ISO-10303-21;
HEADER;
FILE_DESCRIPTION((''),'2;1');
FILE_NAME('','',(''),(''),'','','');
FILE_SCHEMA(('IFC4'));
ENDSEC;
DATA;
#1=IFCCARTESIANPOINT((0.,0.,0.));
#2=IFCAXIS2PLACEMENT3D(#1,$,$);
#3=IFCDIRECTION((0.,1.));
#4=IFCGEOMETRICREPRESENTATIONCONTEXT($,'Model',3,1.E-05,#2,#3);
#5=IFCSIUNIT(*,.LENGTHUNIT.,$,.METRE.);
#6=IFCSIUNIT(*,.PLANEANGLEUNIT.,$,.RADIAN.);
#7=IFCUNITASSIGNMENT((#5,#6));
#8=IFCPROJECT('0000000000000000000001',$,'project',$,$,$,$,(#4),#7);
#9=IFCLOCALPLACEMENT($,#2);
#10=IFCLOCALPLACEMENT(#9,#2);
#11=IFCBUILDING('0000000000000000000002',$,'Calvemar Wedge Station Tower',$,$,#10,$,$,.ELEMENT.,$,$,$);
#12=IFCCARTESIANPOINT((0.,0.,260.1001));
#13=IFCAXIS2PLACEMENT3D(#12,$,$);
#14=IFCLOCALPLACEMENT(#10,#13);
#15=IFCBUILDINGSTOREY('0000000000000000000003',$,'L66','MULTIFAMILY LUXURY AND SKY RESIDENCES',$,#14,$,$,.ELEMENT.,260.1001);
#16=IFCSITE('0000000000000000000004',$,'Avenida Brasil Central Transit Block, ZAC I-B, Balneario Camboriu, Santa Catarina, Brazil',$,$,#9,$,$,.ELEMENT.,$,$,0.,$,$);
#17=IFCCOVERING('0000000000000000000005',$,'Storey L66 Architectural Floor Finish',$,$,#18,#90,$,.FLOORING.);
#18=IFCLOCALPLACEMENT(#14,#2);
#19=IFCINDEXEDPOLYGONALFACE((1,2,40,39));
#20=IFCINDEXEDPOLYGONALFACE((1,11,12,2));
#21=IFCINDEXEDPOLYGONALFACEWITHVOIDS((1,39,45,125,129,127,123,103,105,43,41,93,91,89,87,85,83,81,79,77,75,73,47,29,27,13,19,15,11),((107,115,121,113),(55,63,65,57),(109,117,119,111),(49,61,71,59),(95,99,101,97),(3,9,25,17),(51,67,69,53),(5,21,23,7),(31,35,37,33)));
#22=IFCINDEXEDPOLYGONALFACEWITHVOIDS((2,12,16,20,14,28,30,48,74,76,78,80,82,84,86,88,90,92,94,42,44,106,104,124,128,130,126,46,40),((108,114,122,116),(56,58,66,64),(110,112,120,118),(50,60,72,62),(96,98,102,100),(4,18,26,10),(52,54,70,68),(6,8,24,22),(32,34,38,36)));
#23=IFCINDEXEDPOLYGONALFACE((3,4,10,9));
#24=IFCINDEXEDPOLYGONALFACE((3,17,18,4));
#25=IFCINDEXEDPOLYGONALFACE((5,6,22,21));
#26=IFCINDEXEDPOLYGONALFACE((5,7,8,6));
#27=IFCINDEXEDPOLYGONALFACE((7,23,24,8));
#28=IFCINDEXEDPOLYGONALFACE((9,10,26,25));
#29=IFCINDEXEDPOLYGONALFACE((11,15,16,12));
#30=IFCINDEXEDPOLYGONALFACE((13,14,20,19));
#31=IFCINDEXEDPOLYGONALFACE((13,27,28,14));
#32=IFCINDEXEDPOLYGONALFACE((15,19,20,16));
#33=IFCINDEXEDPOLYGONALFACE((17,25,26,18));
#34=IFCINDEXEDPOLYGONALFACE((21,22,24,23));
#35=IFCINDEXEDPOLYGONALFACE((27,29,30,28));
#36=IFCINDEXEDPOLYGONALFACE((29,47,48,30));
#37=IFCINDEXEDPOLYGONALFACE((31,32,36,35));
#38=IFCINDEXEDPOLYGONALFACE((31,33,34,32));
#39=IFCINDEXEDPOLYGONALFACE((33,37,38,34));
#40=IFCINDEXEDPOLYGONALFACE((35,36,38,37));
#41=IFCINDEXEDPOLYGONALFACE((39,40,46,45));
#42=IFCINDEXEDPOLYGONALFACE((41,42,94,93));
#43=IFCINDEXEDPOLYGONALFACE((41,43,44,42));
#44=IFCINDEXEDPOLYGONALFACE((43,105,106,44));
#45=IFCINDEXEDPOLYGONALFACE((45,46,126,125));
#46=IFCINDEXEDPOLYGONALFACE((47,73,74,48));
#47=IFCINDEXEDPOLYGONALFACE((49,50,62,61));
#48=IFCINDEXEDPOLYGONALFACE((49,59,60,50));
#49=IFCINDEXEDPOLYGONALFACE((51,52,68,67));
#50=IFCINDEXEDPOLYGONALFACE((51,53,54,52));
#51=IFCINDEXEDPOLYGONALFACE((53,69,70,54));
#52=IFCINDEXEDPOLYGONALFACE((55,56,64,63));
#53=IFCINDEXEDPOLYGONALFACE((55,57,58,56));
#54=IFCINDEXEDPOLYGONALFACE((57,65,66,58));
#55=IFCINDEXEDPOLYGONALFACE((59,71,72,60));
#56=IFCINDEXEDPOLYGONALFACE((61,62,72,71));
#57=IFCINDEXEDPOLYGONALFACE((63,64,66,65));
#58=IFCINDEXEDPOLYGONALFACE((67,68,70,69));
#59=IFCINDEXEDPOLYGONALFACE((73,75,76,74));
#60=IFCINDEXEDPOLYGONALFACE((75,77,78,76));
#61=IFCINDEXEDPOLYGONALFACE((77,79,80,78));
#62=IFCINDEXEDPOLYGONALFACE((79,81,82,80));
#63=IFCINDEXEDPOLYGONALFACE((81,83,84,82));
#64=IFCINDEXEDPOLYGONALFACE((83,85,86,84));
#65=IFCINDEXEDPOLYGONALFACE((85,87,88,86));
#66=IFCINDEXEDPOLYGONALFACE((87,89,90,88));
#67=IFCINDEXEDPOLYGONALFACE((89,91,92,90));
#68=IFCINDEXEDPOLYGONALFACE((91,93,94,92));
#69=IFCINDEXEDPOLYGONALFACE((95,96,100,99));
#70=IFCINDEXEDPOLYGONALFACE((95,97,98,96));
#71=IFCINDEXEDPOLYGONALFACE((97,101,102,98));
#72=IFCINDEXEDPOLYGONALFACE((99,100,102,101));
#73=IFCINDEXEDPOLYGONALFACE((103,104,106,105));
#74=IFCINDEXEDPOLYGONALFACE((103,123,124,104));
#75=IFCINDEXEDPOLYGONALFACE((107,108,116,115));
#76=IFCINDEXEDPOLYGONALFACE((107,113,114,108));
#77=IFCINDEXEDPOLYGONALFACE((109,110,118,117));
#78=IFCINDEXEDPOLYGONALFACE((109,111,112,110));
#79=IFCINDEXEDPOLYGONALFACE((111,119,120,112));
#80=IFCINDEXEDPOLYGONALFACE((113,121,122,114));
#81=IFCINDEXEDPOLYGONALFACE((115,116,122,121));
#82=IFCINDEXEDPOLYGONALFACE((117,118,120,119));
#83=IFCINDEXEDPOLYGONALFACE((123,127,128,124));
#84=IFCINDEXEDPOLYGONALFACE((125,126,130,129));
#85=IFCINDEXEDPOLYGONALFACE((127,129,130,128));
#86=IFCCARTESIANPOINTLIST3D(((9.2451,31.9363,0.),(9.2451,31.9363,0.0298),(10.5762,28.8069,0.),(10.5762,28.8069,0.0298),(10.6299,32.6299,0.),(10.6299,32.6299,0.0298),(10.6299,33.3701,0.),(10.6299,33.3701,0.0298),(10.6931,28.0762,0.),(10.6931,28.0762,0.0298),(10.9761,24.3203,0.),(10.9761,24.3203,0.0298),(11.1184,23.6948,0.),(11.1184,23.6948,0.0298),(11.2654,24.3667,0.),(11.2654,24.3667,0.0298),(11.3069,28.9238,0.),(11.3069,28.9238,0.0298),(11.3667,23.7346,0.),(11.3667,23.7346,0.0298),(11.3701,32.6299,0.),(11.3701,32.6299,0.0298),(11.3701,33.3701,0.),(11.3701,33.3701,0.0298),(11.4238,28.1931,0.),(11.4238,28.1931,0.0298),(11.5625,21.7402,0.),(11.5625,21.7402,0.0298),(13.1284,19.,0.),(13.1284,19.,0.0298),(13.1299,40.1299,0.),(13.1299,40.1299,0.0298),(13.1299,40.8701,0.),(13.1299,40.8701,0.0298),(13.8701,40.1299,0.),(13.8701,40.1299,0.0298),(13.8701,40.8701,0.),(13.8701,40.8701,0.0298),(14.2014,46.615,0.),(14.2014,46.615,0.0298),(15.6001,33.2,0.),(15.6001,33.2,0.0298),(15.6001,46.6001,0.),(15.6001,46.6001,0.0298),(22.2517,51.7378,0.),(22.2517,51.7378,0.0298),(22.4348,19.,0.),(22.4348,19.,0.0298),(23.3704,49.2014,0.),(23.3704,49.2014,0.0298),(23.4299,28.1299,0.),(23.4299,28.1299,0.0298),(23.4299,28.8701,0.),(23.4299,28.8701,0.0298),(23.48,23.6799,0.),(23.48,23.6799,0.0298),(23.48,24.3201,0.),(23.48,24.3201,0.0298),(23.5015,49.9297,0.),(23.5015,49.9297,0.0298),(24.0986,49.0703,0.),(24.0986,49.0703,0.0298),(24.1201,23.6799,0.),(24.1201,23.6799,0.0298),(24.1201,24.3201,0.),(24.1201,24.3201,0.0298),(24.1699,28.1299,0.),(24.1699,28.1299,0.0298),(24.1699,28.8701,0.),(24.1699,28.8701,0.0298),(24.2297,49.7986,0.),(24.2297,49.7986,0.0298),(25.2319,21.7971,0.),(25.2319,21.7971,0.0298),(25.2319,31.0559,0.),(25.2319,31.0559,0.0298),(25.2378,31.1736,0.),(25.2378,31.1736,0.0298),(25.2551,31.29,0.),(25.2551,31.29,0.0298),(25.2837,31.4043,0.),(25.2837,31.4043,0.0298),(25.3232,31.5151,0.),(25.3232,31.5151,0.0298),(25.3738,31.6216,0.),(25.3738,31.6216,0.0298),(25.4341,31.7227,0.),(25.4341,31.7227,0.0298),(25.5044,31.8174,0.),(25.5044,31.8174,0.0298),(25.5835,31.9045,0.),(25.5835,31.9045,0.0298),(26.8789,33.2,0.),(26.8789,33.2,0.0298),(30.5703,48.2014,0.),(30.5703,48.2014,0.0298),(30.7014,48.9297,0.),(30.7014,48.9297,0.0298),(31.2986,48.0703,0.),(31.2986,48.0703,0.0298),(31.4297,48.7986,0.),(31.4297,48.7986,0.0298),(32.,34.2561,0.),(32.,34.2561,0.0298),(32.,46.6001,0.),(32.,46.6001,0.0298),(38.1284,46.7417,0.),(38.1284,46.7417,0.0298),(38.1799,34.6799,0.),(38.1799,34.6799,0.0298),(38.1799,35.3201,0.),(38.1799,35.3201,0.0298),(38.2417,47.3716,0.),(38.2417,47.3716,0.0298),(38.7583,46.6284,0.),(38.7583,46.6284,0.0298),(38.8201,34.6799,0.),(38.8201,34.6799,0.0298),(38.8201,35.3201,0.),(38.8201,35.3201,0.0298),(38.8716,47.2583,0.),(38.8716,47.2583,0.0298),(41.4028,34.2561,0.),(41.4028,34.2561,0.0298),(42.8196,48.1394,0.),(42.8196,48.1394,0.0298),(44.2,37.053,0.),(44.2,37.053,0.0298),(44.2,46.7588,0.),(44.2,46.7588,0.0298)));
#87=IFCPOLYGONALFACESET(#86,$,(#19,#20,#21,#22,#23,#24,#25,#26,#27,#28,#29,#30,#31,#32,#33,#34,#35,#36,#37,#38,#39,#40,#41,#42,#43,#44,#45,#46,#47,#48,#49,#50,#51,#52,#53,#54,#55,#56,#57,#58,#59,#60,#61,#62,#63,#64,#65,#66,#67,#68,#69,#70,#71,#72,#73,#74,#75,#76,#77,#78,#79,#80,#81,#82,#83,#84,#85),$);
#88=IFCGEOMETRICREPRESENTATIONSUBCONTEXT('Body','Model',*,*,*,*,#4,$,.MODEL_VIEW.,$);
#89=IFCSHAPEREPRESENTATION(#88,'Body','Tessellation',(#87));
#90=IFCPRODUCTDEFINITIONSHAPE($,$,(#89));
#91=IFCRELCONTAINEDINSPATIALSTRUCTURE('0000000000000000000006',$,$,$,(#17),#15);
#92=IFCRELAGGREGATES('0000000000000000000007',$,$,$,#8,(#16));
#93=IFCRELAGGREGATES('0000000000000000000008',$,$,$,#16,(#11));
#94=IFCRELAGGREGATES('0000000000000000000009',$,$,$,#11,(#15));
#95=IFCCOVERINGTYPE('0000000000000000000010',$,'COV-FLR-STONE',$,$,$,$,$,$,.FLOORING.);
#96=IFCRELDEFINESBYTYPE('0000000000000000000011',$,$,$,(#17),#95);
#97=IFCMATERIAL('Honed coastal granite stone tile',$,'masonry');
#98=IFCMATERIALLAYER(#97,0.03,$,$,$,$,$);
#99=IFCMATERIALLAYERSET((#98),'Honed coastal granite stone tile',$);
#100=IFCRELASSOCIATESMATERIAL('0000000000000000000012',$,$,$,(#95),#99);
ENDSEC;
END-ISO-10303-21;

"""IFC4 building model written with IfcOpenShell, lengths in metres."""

from ifc_helpers import new_model, si_unit, direction, frame, origin, place, context, subcontext, project, spatial, polyline, outline, extrude, material, layer, layer_set, type_object, element, save


model = new_model("IFC4")

# Units and contexts
model_context = context("Model", 3, precision=1e-05, world=origin(), true_north=direction((0.0, 1.0)))
body_context = subcontext(model_context, "Body", "Model", "MODEL_VIEW")
ifc_project = project(units=[si_unit("LENGTHUNIT", "METRE"), si_unit("PLANEANGLEUNIT", "RADIAN")], contexts=[model_context])

# Site, building, storey
site_placement = place(None, origin())
site = spatial("IfcSite", under=ifc_project, at=site_placement, Name="Avenida Brasil Central Transit Block, ZAC I-B, Balneario Camboriu, Santa Catarina, Brazil", CompositionType="ELEMENT", RefElevation=0.0)
building_placement = place(site_placement, origin())
building = spatial("IfcBuilding", under=site, at=building_placement, Name="Calvemar Wedge Station Tower", CompositionType="ELEMENT")
storey_placement = place(building_placement, frame((0.0, 0.0, 260.1001)))
storey = spatial("IfcBuildingStorey", under=building, at=storey_placement, Name="L66", Description="MULTIFAMILY LUXURY AND SKY RESIDENCES", CompositionType="ELEMENT", Elevation=260.1001)

# Covering
ifc_material_1 = material(Name="Honed coastal granite stone tile", Category="masonry")
ifc_layer_1 = layer(ifc_material_1, 0.03)
ifc_layer_set_1 = layer_set([ifc_layer_1], Name="Honed coastal granite stone tile")
covering_type_1 = type_object("IfcCoveringType", Name="COV-FLR-STONE", PredefinedType="FLOORING", material=ifc_layer_set_1)
covering_1_placement = place(storey_placement, origin())
element("IfcCovering", 1, at=covering_1_placement, inside=storey, type_object=covering_type_1, Name="Storey L66 Architectural Floor Finish", PredefinedType="FLOORING", context=body_context, shape_type="SweptSolid", body=[
    extrude(outline(polyline([(15.6001, 33.2), (15.6001, 46.6001), (32.0, 46.6001), (32.0, 34.2561), (41.4028, 34.2561), (44.2, 37.053), (44.2, 46.7588), (42.8196, 48.1394), (22.2517, 51.7378), (14.2014, 46.615), (9.2451, 31.9363), (10.9761, 24.3203), (11.2654, 24.3667), (11.3667, 23.7346), (11.1184, 23.6948), (11.5625, 21.7402), (13.1284, 19.0), (22.4348, 19.0), (25.2319, 21.7971), (25.2319, 31.0559), (25.2378, 31.1736), (25.2551, 31.29), (25.2837, 31.4043), (25.3232, 31.5151), (25.3738, 31.6216), (25.4341, 31.7227), (25.5044, 31.8174), (25.5835, 31.9045), (26.8789, 33.2), (15.6001, 33.2)]), holes=[polyline([(11.3701, 33.3701), (11.3701, 32.6299), (10.6299, 32.6299), (10.6299, 33.3701), (11.3701, 33.3701)]), polyline([(13.8701, 40.1299), (13.1299, 40.1299), (13.1299, 40.8701), (13.8701, 40.8701), (13.8701, 40.1299)]), polyline([(23.3704, 49.2014), (23.5015, 49.9297), (24.2297, 49.7986), (24.0986, 49.0703), (23.3704, 49.2014)]), polyline([(30.7014, 48.9297), (31.4297, 48.7986), (31.2986, 48.0703), (30.5703, 48.2014), (30.7014, 48.9297)]), polyline([(38.8716, 47.2583), (38.7583, 46.6284), (38.1284, 46.7417), (38.2417, 47.3716), (38.8716, 47.2583)]), polyline([(38.8201, 34.6799), (38.1799, 34.6799), (38.1799, 35.3201), (38.8201, 35.3201), (38.8201, 34.6799)]), polyline([(10.5762, 28.8069), (11.3069, 28.9238), (11.4238, 28.1931), (10.6931, 28.0762), (10.5762, 28.8069)]), polyline([(24.1699, 28.8701), (24.1699, 28.1299), (23.4299, 28.1299), (23.4299, 28.8701), (24.1699, 28.8701)]), polyline([(24.1201, 23.6799), (23.48, 23.6799), (23.48, 24.3201), (24.1201, 24.3201), (24.1201, 23.6799)])]), origin(), (0.0, 0.0, 1.0), 0.0298),
])

save(model, "model.ifc")
